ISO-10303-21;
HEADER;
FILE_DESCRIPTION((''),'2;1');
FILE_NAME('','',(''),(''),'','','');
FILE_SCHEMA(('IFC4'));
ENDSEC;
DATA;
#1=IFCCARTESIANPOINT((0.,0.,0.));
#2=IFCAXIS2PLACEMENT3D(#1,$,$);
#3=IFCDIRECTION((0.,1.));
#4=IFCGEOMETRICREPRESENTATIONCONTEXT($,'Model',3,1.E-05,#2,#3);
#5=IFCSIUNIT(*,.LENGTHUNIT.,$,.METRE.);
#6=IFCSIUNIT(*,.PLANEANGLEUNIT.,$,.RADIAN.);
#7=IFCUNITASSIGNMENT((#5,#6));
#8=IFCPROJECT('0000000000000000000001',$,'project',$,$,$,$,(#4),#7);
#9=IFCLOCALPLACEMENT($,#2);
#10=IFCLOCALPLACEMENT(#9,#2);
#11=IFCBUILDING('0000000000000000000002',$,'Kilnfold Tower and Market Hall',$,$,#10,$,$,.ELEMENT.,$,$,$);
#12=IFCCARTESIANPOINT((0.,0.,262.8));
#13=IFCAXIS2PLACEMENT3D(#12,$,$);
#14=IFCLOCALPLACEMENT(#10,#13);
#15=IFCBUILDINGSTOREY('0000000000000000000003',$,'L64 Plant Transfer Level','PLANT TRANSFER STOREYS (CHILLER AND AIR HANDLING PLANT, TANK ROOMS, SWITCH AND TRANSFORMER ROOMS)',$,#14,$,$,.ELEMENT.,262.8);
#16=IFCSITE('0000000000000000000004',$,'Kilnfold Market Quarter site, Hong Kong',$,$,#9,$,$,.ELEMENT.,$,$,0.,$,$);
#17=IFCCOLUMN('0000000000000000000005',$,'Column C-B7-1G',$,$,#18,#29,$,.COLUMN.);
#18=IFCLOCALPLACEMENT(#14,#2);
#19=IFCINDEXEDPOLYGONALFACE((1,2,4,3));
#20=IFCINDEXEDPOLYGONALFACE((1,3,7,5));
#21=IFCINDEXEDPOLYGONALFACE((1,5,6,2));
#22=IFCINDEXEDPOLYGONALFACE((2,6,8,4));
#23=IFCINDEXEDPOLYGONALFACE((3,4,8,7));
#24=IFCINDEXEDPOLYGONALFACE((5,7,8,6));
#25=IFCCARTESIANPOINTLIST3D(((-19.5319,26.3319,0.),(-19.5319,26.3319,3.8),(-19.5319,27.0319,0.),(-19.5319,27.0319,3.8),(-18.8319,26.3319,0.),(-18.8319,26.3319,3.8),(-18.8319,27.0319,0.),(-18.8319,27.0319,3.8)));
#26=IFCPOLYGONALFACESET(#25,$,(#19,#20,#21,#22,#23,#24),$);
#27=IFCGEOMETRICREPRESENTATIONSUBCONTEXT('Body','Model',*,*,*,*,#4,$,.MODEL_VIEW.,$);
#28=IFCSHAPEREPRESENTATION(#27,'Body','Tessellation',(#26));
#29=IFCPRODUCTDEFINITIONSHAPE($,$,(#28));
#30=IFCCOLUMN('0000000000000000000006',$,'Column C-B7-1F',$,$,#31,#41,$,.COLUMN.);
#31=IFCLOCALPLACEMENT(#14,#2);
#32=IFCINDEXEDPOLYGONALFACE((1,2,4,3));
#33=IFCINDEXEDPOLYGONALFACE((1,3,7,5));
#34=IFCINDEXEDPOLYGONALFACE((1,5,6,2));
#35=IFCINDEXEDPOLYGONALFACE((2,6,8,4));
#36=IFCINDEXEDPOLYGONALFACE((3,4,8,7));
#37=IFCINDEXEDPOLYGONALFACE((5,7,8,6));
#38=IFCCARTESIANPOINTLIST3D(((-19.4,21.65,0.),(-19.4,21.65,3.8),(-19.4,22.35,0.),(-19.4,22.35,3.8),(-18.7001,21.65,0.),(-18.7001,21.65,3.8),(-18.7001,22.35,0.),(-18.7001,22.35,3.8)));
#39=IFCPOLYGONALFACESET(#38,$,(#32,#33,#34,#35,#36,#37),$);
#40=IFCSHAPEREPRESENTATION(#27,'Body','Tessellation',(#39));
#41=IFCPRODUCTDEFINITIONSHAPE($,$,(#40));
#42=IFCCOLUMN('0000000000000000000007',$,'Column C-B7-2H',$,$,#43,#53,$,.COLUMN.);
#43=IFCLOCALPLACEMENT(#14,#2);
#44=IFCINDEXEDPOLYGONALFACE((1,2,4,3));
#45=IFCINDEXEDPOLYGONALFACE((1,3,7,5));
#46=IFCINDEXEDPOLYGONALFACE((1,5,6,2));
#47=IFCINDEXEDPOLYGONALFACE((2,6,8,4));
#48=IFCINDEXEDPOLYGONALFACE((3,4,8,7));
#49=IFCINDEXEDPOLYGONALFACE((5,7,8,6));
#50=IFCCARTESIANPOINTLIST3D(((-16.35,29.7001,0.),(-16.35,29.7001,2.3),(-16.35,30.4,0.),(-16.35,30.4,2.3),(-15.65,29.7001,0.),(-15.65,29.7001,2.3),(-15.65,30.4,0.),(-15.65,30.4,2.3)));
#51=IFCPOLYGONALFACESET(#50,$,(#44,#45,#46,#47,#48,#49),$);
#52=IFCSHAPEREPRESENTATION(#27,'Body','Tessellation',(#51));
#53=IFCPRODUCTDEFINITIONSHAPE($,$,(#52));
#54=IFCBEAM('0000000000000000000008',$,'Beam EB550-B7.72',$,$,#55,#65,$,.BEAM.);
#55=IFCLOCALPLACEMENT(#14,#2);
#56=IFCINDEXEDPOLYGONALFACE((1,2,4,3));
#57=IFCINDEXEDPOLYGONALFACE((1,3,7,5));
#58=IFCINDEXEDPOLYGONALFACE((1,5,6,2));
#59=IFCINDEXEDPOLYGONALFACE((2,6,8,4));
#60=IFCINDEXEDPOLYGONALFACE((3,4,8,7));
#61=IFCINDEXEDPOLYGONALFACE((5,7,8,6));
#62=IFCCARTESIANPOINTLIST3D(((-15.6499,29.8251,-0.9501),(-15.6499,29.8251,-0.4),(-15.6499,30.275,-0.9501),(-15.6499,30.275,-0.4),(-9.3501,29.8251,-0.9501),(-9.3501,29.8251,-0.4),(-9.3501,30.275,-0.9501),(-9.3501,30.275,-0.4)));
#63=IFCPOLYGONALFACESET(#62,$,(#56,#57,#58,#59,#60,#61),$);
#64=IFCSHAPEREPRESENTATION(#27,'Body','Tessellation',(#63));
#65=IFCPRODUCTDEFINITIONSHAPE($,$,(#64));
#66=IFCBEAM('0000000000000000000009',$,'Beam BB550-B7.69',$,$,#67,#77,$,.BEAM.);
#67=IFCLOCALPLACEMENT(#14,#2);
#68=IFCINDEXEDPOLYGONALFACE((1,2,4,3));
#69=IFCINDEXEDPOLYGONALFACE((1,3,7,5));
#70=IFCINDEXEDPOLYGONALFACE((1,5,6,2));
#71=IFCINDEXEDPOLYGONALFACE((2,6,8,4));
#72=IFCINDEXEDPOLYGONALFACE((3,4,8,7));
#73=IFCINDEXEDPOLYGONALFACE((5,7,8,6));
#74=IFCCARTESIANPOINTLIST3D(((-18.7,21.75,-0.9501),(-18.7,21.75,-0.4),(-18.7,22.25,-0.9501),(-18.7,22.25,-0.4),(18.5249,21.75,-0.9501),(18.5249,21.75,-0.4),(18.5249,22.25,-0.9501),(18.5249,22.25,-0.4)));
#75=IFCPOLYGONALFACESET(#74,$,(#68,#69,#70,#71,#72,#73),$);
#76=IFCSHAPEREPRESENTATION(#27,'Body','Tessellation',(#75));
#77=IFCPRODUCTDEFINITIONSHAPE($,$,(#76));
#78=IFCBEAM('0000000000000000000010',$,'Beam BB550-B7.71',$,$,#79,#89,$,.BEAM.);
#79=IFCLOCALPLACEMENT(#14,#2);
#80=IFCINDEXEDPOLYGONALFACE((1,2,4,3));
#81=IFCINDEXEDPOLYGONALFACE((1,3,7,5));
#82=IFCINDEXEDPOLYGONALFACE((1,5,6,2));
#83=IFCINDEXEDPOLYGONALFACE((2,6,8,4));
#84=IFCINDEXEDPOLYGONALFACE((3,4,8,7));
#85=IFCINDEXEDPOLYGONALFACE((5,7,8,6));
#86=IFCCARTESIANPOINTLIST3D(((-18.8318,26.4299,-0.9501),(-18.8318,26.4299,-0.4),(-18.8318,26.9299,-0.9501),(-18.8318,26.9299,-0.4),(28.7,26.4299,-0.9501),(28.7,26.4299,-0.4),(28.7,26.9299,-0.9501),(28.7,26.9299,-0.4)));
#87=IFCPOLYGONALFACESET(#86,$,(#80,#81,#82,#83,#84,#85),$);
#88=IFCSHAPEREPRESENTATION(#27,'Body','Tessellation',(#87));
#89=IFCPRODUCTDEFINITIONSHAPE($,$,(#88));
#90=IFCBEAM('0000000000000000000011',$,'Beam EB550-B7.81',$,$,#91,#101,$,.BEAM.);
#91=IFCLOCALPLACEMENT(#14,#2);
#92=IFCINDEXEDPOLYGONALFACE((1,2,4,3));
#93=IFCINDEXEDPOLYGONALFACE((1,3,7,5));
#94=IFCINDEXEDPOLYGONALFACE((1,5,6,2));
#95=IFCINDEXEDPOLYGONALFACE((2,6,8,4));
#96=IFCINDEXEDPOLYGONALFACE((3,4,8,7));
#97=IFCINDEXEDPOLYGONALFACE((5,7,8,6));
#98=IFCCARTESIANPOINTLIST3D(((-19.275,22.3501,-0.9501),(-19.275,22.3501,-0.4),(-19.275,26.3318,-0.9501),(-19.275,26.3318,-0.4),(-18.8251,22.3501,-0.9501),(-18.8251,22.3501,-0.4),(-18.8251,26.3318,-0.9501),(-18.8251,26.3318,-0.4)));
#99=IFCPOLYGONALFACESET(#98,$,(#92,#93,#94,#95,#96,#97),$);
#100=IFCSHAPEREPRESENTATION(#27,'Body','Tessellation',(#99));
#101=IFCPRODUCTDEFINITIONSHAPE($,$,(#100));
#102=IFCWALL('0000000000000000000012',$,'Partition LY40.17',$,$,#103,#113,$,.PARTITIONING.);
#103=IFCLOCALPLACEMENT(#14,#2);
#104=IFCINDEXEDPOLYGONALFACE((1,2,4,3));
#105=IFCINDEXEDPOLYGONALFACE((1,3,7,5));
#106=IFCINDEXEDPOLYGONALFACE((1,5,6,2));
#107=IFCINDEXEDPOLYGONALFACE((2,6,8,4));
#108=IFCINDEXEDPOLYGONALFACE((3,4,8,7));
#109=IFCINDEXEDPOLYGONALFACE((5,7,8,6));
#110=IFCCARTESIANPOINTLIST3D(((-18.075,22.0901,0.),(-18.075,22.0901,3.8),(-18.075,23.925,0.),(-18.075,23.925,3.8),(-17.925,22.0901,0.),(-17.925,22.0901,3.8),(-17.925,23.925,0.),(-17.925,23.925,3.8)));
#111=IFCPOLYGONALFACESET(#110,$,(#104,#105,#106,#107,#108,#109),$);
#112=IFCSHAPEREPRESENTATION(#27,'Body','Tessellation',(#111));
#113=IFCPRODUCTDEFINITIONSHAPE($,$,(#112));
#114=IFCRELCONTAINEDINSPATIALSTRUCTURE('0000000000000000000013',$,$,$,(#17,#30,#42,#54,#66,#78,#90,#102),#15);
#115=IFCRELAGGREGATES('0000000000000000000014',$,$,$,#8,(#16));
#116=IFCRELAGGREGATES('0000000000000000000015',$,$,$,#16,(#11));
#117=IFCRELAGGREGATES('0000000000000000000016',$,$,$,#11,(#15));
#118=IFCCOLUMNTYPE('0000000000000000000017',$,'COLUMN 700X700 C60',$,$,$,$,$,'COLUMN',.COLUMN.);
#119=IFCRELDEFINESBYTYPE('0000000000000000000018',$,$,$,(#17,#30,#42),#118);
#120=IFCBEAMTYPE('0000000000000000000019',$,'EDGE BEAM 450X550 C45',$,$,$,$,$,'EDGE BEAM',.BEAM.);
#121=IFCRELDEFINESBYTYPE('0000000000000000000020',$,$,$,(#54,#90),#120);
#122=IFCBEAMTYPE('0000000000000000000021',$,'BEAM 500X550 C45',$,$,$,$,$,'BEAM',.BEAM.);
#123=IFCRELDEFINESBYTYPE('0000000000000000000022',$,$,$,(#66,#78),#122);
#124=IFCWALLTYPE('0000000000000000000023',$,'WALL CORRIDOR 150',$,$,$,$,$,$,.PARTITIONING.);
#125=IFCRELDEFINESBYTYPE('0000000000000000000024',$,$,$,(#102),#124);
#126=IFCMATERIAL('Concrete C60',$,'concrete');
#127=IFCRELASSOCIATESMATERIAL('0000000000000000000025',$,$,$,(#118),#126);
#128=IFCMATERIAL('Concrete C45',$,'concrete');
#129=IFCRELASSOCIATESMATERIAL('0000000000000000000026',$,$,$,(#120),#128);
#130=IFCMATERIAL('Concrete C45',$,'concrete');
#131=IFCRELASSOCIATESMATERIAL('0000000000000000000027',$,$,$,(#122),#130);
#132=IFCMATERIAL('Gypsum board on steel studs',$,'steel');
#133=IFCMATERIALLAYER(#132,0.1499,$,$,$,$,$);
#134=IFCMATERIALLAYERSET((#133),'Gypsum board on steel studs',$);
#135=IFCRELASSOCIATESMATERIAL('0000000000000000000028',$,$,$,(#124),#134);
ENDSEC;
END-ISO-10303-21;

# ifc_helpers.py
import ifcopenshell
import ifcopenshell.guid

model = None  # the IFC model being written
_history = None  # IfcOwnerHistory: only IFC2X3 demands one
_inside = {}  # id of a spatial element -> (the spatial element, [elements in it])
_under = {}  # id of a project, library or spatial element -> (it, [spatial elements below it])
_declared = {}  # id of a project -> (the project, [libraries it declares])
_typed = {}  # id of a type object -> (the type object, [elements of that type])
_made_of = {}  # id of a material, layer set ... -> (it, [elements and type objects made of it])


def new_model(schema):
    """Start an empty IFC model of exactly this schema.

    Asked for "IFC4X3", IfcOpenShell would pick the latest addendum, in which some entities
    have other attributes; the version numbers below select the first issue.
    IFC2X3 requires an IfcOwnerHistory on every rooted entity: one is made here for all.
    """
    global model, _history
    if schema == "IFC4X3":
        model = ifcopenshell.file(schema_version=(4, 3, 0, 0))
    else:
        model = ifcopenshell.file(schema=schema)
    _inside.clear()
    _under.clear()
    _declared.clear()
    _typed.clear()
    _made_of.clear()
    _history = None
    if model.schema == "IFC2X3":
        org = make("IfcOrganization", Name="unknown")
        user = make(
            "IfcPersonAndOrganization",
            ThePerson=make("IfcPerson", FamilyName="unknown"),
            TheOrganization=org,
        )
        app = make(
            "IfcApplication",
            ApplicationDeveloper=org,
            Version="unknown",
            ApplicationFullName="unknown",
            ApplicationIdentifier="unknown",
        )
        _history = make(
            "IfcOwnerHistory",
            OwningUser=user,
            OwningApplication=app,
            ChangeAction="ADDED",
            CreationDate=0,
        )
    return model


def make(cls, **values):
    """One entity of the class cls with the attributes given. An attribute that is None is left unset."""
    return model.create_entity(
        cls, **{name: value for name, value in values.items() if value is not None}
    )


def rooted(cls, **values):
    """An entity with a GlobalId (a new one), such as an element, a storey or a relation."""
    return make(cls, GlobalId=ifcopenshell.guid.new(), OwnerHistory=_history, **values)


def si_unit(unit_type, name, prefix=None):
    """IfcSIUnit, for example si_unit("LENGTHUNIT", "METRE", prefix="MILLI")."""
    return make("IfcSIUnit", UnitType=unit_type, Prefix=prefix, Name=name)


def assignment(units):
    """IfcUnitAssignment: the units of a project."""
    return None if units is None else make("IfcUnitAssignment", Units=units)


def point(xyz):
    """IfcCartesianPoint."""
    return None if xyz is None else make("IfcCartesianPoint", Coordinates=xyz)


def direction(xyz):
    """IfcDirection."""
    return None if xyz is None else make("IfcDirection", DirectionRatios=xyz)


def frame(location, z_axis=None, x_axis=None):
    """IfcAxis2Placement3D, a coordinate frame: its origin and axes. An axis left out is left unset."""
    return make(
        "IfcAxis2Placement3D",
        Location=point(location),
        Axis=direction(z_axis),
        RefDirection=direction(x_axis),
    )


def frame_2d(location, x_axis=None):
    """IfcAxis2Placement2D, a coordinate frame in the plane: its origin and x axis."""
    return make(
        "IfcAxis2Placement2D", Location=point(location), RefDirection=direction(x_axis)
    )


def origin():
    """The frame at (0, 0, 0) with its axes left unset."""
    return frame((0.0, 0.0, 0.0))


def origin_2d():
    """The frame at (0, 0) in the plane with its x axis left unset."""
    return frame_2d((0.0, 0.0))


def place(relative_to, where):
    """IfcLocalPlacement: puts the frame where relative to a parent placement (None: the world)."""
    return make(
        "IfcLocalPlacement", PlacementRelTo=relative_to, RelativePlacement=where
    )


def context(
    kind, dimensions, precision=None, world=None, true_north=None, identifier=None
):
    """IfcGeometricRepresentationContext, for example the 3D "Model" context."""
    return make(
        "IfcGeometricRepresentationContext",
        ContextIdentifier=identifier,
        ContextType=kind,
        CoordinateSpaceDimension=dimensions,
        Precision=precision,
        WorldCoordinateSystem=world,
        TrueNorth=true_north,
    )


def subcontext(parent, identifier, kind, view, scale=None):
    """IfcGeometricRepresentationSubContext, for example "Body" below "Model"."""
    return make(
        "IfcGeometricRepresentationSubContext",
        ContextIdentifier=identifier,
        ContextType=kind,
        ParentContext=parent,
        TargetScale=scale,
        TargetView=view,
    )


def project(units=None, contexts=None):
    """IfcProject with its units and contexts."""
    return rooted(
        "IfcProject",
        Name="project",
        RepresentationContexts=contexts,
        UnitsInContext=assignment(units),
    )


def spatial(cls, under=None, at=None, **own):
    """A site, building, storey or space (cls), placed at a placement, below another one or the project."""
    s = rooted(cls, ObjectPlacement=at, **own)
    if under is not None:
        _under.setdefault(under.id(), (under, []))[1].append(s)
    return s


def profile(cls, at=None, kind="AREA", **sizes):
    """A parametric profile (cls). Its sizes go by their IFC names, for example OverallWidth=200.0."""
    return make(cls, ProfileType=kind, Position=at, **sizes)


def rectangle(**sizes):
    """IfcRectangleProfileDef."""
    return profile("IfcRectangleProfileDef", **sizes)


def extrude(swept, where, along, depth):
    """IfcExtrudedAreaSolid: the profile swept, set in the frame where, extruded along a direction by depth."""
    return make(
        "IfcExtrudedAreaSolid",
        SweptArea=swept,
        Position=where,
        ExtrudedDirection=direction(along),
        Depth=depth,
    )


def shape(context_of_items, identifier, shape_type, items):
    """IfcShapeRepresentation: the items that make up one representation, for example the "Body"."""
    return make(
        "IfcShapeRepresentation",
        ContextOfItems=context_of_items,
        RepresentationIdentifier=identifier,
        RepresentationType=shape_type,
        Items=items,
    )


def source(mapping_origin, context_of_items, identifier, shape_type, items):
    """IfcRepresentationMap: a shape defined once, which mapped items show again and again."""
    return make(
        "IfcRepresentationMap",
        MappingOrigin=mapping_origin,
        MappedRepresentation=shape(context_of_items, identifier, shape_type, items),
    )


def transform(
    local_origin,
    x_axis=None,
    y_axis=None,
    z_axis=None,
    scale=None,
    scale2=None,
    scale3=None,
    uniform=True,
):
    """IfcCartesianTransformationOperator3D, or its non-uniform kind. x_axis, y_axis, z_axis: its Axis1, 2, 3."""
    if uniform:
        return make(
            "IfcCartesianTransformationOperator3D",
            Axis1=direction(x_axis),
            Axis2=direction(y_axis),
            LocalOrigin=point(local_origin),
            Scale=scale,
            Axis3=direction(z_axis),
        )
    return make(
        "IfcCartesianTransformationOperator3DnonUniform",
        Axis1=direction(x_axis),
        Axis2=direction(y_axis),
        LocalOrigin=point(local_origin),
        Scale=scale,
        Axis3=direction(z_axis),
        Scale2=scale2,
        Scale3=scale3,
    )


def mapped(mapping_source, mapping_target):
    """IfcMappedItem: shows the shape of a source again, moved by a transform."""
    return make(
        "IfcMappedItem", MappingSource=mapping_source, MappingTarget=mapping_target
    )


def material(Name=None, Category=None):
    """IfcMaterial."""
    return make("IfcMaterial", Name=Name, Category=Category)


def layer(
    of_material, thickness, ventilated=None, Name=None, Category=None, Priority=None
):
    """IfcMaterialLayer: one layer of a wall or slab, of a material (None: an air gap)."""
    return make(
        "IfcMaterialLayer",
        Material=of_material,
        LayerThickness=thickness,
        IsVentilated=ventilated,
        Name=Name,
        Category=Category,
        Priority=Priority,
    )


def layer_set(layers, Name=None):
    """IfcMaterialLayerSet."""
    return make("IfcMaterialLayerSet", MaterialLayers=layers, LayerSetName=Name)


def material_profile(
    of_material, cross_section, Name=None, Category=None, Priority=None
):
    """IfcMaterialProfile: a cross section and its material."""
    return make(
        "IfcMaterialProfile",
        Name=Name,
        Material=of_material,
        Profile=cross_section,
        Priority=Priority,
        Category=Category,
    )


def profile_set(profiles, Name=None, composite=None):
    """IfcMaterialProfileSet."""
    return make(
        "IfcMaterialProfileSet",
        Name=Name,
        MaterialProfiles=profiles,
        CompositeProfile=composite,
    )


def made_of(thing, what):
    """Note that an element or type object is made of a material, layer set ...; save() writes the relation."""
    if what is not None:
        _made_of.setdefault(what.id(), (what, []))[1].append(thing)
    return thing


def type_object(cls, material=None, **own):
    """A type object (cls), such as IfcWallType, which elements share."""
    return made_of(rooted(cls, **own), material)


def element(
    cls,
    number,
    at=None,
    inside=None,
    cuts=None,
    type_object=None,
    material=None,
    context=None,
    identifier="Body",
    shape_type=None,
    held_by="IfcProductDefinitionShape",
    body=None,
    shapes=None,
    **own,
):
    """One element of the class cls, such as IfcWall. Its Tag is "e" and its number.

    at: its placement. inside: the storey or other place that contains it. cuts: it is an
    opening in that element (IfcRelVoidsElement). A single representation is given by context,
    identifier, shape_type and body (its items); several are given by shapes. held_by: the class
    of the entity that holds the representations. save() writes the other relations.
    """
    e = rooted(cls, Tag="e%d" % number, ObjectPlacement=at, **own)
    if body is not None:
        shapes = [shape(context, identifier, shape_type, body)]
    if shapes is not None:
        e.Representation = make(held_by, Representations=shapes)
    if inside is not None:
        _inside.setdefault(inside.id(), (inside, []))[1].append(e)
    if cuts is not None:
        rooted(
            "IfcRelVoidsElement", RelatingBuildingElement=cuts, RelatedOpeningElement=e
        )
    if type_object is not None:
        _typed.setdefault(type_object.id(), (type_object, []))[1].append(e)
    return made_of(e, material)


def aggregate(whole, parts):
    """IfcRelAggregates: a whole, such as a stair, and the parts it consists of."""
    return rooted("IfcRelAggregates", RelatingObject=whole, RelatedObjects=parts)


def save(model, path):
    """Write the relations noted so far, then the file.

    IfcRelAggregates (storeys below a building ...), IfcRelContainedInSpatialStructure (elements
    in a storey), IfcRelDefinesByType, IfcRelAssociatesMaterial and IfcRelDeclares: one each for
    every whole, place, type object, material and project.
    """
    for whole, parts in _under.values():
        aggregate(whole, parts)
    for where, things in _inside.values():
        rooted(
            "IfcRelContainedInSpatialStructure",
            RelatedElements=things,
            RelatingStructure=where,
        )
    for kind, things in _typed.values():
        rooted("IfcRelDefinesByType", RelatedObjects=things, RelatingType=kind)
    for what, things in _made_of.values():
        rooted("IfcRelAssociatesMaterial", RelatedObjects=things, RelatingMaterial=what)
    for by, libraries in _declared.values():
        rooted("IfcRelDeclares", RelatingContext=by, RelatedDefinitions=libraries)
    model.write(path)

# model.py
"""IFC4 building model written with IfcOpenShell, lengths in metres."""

from ifc_helpers import new_model, si_unit, direction, frame, frame_2d, origin, origin_2d, place, context, subcontext, project, spatial, rectangle, extrude, source, transform, mapped, material, layer, layer_set, material_profile, profile_set, type_object, element, save


model = new_model("IFC4")

# Units and contexts
model_context = context("Model", 3, precision=1e-05, world=origin(), true_north=direction((0.0, 1.0)))
body_context = subcontext(model_context, "Body", "Model", "MODEL_VIEW")
ifc_project = project(units=[si_unit("LENGTHUNIT", "METRE"), si_unit("PLANEANGLEUNIT", "RADIAN")], contexts=[model_context])

# Site, building, storey
site_placement = place(None, origin())
site = spatial("IfcSite", under=ifc_project, at=site_placement, Name="Kilnfold Market Quarter site, Hong Kong", CompositionType="ELEMENT", RefElevation=0.0)
building_placement = place(site_placement, origin())
building = spatial("IfcBuilding", under=site, at=building_placement, Name="Kilnfold Tower and Market Hall", CompositionType="ELEMENT")
storey_placement = place(building_placement, frame((0.0, 0.0, 262.8)))
storey = spatial("IfcBuildingStorey", under=building, at=storey_placement, Name="L64 Plant Transfer Level", Description="PLANT TRANSFER STOREYS (CHILLER AND AIR HANDLING PLANT, TANK ROOMS, SWITCH AND TRANSFORMER ROOMS)", CompositionType="ELEMENT", Elevation=262.8)

# Columns
ifc_material_1 = material(Name="Concrete C60", Category="concrete")
ifc_material_profile_1 = material_profile(ifc_material_1, rectangle(XDim=0.7, YDim=0.7, at=origin_2d()), Name="RC 700x700")
ifc_profile_set_1 = profile_set([ifc_material_profile_1], Name="Concrete C60")
column_type = type_object("IfcColumnType", Name="COLUMN 700X700 C60", ElementType="COLUMN", PredefinedType="COLUMN", material=ifc_profile_set_1)
shared_shape_1 = source(origin(), body_context, "Body", "SweptSolid", [
    extrude(rectangle(XDim=0.7, YDim=0.7, at=origin_2d()), origin(), (0.0, 0.0, 1.0), 3.8),
])
for number, where, z_axis, x_axis, name in (
    (1, (-19.1819, 26.6819, 0.0), (0.0, 0.0, 1.0), (1.0, 0.0, 0.0), "Column C-B7-1G"),
    (2, (-19.05, 22.0, 0.0), (0.0, 0.0, 1.0), (1.0, 0.0, 0.0), "Column C-B7-1F"),
):
    element("IfcColumn", number, at=place(storey_placement, frame(where, z_axis=z_axis, x_axis=x_axis)), inside=storey, type_object=column_type, Name=name, PredefinedType="COLUMN", context=body_context, shape_type="MappedRepresentation", body=[
        mapped(shared_shape_1, transform((0.0, 0.0, 0.0))),
    ])
shared_shape_2 = source(origin(), body_context, "Body", "SweptSolid", [
    extrude(rectangle(XDim=0.7, YDim=0.7, at=origin_2d()), origin(), (0.0, 0.0, 1.0), 2.3),
])
column_placement = place(storey_placement, frame((-16.0, 30.05, 0.0), z_axis=(0.0, 0.0, 1.0), x_axis=(1.0, 0.0, 0.0)))
element("IfcColumn", 3, at=column_placement, inside=storey, type_object=column_type, Name="Column C-B7-2H", PredefinedType="COLUMN", context=body_context, shape_type="MappedRepresentation", body=[
    mapped(shared_shape_2, transform((0.0, 0.0, 0.0))),
])

# Beams
ifc_material_2 = material(Name="Concrete C45", Category="concrete")
ifc_material_profile_2 = material_profile(ifc_material_2, rectangle(XDim=0.45, YDim=0.55, at=origin_2d()), Name="RC 450x550")
ifc_profile_set_2 = profile_set([ifc_material_profile_2], Name="Concrete C45")
beam_type_1 = type_object("IfcBeamType", Name="EDGE BEAM 450X550 C45", ElementType="EDGE BEAM", PredefinedType="BEAM", material=ifc_profile_set_2)
shared_shape_3 = source(origin(), body_context, "Body", "SweptSolid", [
    extrude(rectangle(XDim=0.45, YDim=0.55, at=origin_2d()), origin(), (0.0, 0.0, 1.0), 6.2998),
])
beam_1_placement = place(storey_placement, frame((-15.6499, 30.05, -0.675), z_axis=(1.0, 0.0, 0.0), x_axis=(0.0, 1.0, 0.0)))
element("IfcBeam", 4, at=beam_1_placement, inside=storey, type_object=beam_type_1, Name="Beam EB550-B7.72", PredefinedType="BEAM", context=body_context, shape_type="MappedRepresentation", body=[
    mapped(shared_shape_3, transform((0.0, 0.0, 0.0))),
])
ifc_material_3 = material(Name="Concrete C45", Category="concrete")
ifc_material_profile_3 = material_profile(ifc_material_3, rectangle(XDim=0.5, YDim=0.55, at=origin_2d()), Name="RC 500x550")
ifc_profile_set_3 = profile_set([ifc_material_profile_3], Name="Concrete C45")
beam_type_2 = type_object("IfcBeamType", Name="BEAM 500X550 C45", ElementType="BEAM", PredefinedType="BEAM", material=ifc_profile_set_3)
shared_shape_4 = source(origin(), body_context, "Body", "SweptSolid", [
    extrude(rectangle(XDim=0.5, YDim=0.55, at=origin_2d()), origin(), (0.0, 0.0, 1.0), 37.2249),
])
beam_2_placement = place(storey_placement, frame((-18.7, 22.0, -0.675), z_axis=(1.0, 0.0, 0.0), x_axis=(0.0, 1.0, 0.0)))
element("IfcBeam", 5, at=beam_2_placement, inside=storey, type_object=beam_type_2, Name="Beam BB550-B7.69", PredefinedType="BEAM", context=body_context, shape_type="MappedRepresentation", body=[
    mapped(shared_shape_4, transform((0.0, 0.0, 0.0))),
])
shared_shape_5 = source(origin(), body_context, "Body", "SweptSolid", [
    extrude(rectangle(XDim=0.5, YDim=0.55, at=origin_2d()), origin(), (0.0, 0.0, 1.0), 47.5317),
])
beam_3_placement = place(storey_placement, frame((-18.8318, 26.6799, -0.675), z_axis=(1.0, 0.0, 0.0), x_axis=(0.0, 1.0, 0.0)))
element("IfcBeam", 6, at=beam_3_placement, inside=storey, type_object=beam_type_2, Name="Beam BB550-B7.71", PredefinedType="BEAM", context=body_context, shape_type="MappedRepresentation", body=[
    mapped(shared_shape_5, transform((0.0, 0.0, 0.0))),
])
shared_shape_6 = source(origin(), body_context, "Body", "SweptSolid", [
    extrude(rectangle(XDim=0.45, YDim=0.55, at=origin_2d()), origin(), (0.0, 0.0, 1.0), 3.9817),
])
beam_4_placement = place(storey_placement, frame((-19.05, 22.3501, -0.675), z_axis=(0.0, 1.0, 0.0), x_axis=(-1.0, 0.0, 0.0)))
element("IfcBeam", 7, at=beam_4_placement, inside=storey, type_object=beam_type_1, Name="Beam EB550-B7.81", PredefinedType="BEAM", context=body_context, shape_type="MappedRepresentation", body=[
    mapped(shared_shape_6, transform((0.0, 0.0, 0.0))),
])

# Wall
ifc_material_4 = material(Name="Gypsum board on steel studs", Category="steel")
ifc_layer_1 = layer(ifc_material_4, 0.1499)
ifc_layer_set_1 = layer_set([ifc_layer_1], Name="Gypsum board on steel studs")
wall_type_1 = type_object("IfcWallType", Name="WALL CORRIDOR 150", PredefinedType="PARTITIONING", material=ifc_layer_set_1)
wall_1_placement = place(storey_placement, frame((-18.0, 22.0901, 0.0), z_axis=(0.0, 0.0, 1.0), x_axis=(0.0, 1.0, 0.0)))
element("IfcWall", 8, at=wall_1_placement, inside=storey, type_object=wall_type_1, Name="Partition LY40.17", PredefinedType="PARTITIONING", context=body_context, shape_type="SweptSolid", body=[
    extrude(rectangle(XDim=1.835, YDim=0.1499, at=frame_2d((0.9175, 0.0))), origin(), (0.0, 0.0, 1.0), 3.8),
])

save(model, "model.ifc")
